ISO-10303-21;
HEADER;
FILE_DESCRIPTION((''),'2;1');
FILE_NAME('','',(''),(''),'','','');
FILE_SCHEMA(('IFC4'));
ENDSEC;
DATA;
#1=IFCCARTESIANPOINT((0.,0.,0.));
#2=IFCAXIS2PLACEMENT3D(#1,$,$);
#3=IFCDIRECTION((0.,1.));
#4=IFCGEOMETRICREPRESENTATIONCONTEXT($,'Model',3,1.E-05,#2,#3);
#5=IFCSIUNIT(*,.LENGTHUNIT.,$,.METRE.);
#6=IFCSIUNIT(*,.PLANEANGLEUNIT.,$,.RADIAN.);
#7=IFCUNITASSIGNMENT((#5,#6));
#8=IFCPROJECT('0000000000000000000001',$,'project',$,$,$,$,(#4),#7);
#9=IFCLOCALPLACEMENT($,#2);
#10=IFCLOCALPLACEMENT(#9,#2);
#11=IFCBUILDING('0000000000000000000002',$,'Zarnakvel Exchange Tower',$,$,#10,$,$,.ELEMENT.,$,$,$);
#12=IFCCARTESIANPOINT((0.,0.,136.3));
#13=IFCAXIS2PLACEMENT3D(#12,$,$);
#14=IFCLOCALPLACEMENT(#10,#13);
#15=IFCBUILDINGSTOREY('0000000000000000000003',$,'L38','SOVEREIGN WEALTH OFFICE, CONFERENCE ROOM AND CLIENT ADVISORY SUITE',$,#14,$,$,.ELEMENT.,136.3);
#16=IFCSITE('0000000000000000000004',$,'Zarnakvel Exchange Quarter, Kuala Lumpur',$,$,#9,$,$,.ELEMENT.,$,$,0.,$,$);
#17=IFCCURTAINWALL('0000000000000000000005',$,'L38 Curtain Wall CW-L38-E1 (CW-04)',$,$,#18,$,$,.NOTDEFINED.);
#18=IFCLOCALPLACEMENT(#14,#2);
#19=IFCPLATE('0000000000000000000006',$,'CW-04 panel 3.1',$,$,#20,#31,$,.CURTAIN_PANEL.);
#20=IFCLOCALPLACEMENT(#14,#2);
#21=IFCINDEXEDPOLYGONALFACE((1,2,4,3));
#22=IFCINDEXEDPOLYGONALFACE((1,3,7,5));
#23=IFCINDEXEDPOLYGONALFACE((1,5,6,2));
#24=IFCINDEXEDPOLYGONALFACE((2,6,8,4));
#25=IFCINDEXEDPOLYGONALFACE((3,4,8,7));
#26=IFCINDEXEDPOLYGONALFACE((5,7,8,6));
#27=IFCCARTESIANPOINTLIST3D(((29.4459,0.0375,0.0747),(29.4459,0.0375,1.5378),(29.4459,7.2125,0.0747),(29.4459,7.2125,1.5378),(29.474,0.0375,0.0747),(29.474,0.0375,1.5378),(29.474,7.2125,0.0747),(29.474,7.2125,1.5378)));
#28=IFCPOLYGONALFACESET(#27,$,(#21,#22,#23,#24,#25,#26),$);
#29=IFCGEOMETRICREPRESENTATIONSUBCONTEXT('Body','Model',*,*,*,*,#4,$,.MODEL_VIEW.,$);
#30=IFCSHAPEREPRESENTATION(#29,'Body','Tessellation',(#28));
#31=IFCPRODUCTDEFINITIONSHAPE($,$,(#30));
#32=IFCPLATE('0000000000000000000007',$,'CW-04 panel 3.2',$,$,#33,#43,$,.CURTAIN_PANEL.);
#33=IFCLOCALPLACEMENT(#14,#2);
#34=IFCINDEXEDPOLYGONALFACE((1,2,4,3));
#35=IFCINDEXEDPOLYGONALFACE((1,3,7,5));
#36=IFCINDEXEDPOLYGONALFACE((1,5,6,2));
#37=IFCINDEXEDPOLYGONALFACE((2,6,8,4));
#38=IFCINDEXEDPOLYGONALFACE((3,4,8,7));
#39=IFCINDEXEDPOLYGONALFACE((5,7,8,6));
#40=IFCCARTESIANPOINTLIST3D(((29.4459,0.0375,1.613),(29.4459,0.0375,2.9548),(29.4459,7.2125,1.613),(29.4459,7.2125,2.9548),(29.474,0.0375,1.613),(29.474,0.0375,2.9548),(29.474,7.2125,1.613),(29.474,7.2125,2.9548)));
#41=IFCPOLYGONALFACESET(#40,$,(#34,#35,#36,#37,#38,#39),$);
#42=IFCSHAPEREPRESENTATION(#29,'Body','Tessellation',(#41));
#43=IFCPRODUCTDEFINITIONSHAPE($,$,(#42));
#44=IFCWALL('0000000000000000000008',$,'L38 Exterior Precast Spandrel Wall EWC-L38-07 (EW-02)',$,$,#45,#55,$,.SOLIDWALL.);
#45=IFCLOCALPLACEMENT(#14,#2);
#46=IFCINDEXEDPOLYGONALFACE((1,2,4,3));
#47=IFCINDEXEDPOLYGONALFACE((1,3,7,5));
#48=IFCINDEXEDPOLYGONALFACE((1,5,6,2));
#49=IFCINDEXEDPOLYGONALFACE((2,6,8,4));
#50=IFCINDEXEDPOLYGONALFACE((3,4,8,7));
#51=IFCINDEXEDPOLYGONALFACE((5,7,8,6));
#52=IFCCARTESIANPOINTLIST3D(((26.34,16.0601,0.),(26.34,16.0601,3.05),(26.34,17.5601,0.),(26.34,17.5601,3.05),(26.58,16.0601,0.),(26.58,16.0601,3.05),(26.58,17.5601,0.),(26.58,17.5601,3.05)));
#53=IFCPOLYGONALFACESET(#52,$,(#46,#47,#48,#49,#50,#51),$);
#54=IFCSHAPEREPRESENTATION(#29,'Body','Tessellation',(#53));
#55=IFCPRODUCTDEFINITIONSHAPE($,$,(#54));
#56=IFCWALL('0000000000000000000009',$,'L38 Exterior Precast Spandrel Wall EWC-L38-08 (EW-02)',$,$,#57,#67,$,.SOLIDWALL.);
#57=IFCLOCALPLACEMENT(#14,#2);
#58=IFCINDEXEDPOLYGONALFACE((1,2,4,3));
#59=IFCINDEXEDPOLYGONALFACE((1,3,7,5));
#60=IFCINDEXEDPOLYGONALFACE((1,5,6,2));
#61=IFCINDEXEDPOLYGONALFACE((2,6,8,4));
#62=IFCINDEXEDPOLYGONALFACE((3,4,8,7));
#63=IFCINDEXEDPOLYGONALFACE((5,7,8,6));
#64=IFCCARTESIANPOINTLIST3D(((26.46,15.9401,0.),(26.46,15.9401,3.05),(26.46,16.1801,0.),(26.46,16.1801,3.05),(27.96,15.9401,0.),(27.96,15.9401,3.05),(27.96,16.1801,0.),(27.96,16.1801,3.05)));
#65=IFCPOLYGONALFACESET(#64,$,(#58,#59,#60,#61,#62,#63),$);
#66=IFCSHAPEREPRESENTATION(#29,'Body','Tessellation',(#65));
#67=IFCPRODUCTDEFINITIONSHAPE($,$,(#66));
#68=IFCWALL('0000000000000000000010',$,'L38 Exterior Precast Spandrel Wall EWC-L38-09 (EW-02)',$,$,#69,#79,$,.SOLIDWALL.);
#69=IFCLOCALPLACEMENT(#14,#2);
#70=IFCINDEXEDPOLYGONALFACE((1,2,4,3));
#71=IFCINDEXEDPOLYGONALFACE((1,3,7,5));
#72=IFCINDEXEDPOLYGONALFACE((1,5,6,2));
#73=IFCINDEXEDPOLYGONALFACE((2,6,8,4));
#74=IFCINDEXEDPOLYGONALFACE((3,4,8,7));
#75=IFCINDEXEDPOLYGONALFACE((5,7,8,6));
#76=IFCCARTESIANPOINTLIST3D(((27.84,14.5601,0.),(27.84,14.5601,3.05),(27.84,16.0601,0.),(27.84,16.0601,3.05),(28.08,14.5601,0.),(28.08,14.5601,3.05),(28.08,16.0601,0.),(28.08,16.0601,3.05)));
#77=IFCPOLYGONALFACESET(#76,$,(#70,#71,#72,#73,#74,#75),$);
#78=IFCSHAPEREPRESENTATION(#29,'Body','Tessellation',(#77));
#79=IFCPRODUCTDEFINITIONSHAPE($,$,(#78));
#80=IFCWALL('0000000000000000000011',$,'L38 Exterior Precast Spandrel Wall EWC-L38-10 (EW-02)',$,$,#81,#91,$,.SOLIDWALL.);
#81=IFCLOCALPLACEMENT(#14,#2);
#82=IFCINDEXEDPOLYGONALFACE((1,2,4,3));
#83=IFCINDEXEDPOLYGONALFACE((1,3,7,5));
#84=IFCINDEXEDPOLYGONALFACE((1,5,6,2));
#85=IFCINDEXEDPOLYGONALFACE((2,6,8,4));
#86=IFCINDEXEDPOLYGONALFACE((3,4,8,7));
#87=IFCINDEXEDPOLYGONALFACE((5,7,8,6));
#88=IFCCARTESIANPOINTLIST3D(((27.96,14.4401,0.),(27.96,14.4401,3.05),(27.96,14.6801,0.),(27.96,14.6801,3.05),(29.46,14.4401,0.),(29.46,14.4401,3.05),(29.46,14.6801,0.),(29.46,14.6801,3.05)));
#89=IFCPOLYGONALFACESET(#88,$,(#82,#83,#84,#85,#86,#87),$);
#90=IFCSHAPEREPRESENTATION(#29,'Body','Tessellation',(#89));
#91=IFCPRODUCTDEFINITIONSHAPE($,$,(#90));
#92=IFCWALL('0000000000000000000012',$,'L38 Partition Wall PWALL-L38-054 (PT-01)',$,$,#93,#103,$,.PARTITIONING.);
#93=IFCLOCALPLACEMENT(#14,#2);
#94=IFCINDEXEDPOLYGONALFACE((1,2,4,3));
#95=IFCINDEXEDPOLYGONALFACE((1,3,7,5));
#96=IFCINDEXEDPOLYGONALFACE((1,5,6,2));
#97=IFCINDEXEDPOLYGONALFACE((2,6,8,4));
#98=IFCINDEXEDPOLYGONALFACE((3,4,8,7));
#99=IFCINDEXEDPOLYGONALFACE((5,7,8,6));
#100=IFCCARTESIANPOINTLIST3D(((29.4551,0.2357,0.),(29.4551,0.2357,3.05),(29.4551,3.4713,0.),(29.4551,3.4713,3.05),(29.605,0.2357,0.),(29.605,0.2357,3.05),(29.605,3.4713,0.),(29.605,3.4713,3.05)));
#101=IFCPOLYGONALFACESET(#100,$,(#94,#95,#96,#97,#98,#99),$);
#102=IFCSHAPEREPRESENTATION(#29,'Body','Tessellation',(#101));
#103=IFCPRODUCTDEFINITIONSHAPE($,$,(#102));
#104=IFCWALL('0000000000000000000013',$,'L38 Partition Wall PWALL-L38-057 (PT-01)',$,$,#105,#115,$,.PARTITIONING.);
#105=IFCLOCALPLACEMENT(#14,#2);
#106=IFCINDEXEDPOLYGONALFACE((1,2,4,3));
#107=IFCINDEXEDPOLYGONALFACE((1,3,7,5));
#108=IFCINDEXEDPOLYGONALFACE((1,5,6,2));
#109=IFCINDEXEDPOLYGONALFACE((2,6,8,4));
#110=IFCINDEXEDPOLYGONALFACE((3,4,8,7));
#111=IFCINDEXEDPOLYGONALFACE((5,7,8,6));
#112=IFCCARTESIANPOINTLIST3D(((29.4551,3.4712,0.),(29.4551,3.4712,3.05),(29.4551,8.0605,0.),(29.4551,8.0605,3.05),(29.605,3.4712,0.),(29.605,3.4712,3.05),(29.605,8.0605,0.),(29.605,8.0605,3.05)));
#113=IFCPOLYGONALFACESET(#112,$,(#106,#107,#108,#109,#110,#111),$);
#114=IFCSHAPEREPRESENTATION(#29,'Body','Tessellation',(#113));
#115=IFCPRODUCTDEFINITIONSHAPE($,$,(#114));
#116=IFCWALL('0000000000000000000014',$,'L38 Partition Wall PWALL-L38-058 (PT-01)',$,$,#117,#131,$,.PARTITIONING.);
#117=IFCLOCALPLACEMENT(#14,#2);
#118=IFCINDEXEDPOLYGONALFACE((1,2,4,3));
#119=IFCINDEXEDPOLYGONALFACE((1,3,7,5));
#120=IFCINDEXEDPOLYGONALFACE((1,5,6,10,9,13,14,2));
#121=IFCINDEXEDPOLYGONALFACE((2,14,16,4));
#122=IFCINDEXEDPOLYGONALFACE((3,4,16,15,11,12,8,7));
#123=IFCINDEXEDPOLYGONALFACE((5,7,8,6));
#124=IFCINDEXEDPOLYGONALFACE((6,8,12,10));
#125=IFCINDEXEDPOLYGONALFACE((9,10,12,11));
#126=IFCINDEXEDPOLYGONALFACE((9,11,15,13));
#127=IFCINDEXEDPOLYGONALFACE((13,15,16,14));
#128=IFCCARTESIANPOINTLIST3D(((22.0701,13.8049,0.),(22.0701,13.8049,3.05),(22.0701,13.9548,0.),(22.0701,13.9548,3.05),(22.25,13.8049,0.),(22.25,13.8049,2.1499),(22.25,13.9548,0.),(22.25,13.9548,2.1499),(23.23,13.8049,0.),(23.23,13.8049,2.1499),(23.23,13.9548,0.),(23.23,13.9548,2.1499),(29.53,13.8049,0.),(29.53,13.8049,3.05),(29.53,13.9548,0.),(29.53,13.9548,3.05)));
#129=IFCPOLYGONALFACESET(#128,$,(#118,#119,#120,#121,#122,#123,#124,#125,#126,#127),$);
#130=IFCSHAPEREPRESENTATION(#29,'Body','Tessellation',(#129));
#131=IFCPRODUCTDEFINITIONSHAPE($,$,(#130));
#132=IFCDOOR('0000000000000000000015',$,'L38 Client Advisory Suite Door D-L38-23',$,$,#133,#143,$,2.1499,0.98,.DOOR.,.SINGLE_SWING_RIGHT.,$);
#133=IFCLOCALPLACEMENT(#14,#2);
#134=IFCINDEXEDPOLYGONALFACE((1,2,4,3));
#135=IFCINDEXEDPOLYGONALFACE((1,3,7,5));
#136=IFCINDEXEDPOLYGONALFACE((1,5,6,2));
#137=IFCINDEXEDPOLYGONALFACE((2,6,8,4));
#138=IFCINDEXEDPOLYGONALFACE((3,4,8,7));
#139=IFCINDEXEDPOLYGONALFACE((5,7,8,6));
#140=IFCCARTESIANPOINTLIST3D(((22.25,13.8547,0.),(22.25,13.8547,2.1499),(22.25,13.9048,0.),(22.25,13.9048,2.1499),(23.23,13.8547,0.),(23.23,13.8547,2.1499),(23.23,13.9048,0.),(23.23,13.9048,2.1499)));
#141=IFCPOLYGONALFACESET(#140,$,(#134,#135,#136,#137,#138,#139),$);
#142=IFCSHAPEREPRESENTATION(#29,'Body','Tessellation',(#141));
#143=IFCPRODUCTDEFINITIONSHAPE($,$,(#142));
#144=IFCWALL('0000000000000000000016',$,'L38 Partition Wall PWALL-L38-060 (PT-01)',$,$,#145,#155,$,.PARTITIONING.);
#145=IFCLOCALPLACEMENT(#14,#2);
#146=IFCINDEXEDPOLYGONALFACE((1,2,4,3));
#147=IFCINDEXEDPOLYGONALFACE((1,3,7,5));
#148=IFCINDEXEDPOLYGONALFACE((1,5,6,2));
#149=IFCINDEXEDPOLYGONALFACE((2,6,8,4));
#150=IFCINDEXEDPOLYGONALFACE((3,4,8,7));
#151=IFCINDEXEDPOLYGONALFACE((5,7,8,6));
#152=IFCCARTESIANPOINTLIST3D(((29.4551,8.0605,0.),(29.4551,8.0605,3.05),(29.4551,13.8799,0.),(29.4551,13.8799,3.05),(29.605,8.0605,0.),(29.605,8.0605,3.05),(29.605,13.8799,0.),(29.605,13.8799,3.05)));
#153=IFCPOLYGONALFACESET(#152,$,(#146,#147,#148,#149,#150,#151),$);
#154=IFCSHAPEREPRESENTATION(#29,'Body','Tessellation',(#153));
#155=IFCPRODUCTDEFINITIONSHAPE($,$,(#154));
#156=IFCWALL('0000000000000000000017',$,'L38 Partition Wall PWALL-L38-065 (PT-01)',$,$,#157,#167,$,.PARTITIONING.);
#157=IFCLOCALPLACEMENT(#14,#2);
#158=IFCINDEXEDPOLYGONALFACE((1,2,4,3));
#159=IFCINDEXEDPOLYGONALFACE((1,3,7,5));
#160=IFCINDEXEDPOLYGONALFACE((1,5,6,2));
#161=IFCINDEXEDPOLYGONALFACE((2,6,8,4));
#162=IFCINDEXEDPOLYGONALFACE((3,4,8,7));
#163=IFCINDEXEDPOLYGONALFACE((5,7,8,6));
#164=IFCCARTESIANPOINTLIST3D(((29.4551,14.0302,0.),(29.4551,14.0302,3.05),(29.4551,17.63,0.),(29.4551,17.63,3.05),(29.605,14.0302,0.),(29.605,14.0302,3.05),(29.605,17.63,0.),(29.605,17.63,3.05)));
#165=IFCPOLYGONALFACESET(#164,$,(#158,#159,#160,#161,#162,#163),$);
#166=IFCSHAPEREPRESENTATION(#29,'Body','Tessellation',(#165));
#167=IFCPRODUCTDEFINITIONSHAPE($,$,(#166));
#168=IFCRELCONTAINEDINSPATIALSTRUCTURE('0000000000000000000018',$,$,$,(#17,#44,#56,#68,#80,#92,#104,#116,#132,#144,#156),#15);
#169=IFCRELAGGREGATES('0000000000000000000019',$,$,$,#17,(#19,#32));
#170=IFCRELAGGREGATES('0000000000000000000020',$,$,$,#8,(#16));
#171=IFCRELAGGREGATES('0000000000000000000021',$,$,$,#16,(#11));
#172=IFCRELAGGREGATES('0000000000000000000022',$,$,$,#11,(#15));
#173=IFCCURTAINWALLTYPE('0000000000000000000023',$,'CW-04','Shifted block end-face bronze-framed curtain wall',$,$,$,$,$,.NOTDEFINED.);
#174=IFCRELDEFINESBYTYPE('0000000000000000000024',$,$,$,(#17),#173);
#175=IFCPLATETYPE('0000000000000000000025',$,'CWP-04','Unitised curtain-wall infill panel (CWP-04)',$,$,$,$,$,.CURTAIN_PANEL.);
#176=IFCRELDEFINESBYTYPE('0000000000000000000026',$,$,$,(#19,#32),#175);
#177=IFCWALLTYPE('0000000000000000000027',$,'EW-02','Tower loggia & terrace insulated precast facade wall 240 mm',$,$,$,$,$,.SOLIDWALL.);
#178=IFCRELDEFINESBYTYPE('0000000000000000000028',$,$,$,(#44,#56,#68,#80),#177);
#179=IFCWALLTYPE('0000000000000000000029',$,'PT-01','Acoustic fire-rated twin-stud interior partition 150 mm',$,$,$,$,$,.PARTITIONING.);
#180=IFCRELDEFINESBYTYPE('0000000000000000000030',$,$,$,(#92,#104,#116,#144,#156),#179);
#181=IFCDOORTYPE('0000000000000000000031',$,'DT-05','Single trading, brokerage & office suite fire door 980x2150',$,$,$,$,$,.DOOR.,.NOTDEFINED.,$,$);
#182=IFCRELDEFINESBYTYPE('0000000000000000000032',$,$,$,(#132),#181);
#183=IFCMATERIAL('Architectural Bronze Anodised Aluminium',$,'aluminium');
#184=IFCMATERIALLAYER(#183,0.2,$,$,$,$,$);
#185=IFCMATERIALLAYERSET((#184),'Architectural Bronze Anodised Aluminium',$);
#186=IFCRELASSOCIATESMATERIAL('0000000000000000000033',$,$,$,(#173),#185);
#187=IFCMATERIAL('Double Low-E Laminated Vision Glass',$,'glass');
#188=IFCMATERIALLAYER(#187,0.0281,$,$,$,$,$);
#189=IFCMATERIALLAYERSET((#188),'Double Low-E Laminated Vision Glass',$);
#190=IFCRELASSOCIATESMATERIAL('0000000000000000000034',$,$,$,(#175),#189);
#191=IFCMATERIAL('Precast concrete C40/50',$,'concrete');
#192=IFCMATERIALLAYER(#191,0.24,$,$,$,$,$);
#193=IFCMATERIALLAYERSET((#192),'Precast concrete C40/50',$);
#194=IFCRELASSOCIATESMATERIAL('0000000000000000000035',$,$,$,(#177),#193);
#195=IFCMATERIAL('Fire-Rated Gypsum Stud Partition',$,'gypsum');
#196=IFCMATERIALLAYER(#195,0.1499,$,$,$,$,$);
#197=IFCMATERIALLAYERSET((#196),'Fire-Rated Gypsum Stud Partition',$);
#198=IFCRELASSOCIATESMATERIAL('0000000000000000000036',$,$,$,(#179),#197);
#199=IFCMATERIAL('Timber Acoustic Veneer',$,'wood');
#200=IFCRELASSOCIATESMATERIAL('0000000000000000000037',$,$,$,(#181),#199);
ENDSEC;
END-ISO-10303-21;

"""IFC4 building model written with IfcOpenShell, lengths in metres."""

from ifc_helpers import new_model, si_unit, direction, frame, frame_2d, origin, origin_2d, place, context, subcontext, project, spatial, rectangle, extrude, source, transform, mapped, material, layer, layer_set, type_object, element, fill, aggregate, save


model = new_model("IFC4")

# Units and contexts
model_context = context("Model", 3, precision=1e-05, world=origin(), true_north=direction((0.0, 1.0)))
body_context = subcontext(model_context, "Body", "Model", "MODEL_VIEW")
ifc_project = project(units=[si_unit("LENGTHUNIT", "METRE"), si_unit("PLANEANGLEUNIT", "RADIAN")], contexts=[model_context])

# Site, building, storey
site_placement = place(None, origin())
site = spatial("IfcSite", under=ifc_project, at=site_placement, Name="Zarnakvel Exchange Quarter, Kuala Lumpur", CompositionType="ELEMENT", RefElevation=0.0)
building_placement = place(site_placement, origin())
building = spatial("IfcBuilding", under=site, at=building_placement, Name="Zarnakvel Exchange Tower", CompositionType="ELEMENT")
storey_placement = place(building_placement, frame((0.0, 0.0, 136.3)))
storey = spatial("IfcBuildingStorey", under=building, at=storey_placement, Name="L38", Description="SOVEREIGN WEALTH OFFICE, CONFERENCE ROOM AND CLIENT ADVISORY SUITE", CompositionType="ELEMENT", Elevation=136.3)

# Shared definitions
ifc_material_1 = material(Name="Architectural Bronze Anodised Aluminium", Category="aluminium")

# Curtain wall
ifc_layer_1 = layer(ifc_material_1, 0.2)
ifc_layer_set_1 = layer_set([ifc_layer_1], Name="Architectural Bronze Anodised Aluminium")
curtain_wall_type_1 = type_object("IfcCurtainWallType", Name="CW-04", Description="Shifted block end-face bronze-framed curtain wall", PredefinedType="NOTDEFINED", material=ifc_layer_set_1)
curtain_wall_1_placement = place(storey_placement, origin())
curtain_wall_1 = element("IfcCurtainWall", 1, at=curtain_wall_1_placement, inside=storey, type_object=curtain_wall_type_1, Name="L38 Curtain Wall CW-L38-E1 (CW-04)", PredefinedType="NOTDEFINED")

# Plates
ifc_material_2 = material(Name="Double Low-E Laminated Vision Glass", Category="glass")
ifc_layer_2 = layer(ifc_material_2, 0.0281)
ifc_layer_set_2 = layer_set([ifc_layer_2], Name="Double Low-E Laminated Vision Glass")
plate_type_1 = type_object("IfcPlateType", Name="CWP-04", Description="Unitised curtain-wall infill panel (CWP-04)", PredefinedType="CURTAIN_PANEL", material=ifc_layer_set_2)
shared_shape_1 = source(origin(), body_context, "Body", "SweptSolid", [
    extrude(rectangle(XDim=7.175, YDim=0.0281, at=origin_2d()), origin(), (0.0, 0.0, 1.0), 1.4631),
])
plate_1_placement = place(storey_placement, frame((29.46, 3.625, 0.0747), z_axis=(0.0, 0.0, 1.0), x_axis=(0.0, 1.0, 0.0)))
plate_1 = element("IfcPlate", 2, at=plate_1_placement, type_object=plate_type_1, Name="CW-04 panel 3.1", PredefinedType="CURTAIN_PANEL", context=body_context, shape_type="MappedRepresentation", body=[
    mapped(shared_shape_1, transform((0.0, 0.0, 0.0), x_axis=(1.0, 0.0, 0.0), y_axis=(0.0, 1.0, 0.0), z_axis=(0.0, 0.0, 1.0), scale=1.0)),
])
shared_shape_2 = source(origin(), body_context, "Body", "SweptSolid", [
    extrude(rectangle(XDim=7.175, YDim=0.0281, at=origin_2d()), origin(), (0.0, 0.0, 1.0), 1.3418),
])
plate_2_placement = place(storey_placement, frame((29.46, 3.625, 1.613), z_axis=(0.0, 0.0, 1.0), x_axis=(0.0, 1.0, 0.0)))
plate_2 = element("IfcPlate", 3, at=plate_2_placement, type_object=plate_type_1, Name="CW-04 panel 3.2", PredefinedType="CURTAIN_PANEL", context=body_context, shape_type="MappedRepresentation", body=[
    mapped(shared_shape_2, transform((0.0, 0.0, 0.0), x_axis=(1.0, 0.0, 0.0), y_axis=(0.0, 1.0, 0.0), z_axis=(0.0, 0.0, 1.0), scale=1.0)),
])
aggregate(curtain_wall_1, [plate_1, plate_2])

# Walls
ifc_material_3 = material(Name="Precast concrete C40/50", Category="concrete")
ifc_layer_3 = layer(ifc_material_3, 0.24)
ifc_layer_set_3 = layer_set([ifc_layer_3], Name="Precast concrete C40/50")
wall_type_1 = type_object("IfcWallType", Name="EW-02", Description="Tower loggia & terrace insulated precast facade wall 240 mm", PredefinedType="SOLIDWALL", material=ifc_layer_set_3)
for number, where, z_axis, x_axis, name in (
    (4, (26.46, 16.0601, 0.0), (0.0, 0.0, 1.0), (0.0, 1.0, 0.0), "L38 Exterior Precast Spandrel Wall EWC-L38-07 (EW-02)"),
    (5, (27.96, 16.0601, 0.0), (0.0, 0.0, 1.0), (-1.0, 0.0, 0.0), "L38 Exterior Precast Spandrel Wall EWC-L38-08 (EW-02)"),
    (6, (27.96, 14.5601, 0.0), (0.0, 0.0, 1.0), (0.0, 1.0, 0.0), "L38 Exterior Precast Spandrel Wall EWC-L38-09 (EW-02)"),
    (7, (29.46, 14.5601, 0.0), (0.0, 0.0, 1.0), (-1.0, 0.0, 0.0), "L38 Exterior Precast Spandrel Wall EWC-L38-10 (EW-02)"),
):
    element("IfcWall", number, at=place(storey_placement, frame(where, z_axis=z_axis, x_axis=x_axis)), inside=storey, type_object=wall_type_1, Name=name, PredefinedType="SOLIDWALL", context=body_context, shape_type="SweptSolid", body=[
        extrude(rectangle(XDim=1.5, YDim=0.24, at=frame_2d((0.75, 0.0))), origin(), (0.0, 0.0, 1.0), 3.05),
    ])
ifc_material_4 = material(Name="Fire-Rated Gypsum Stud Partition", Category="gypsum")
ifc_layer_4 = layer(ifc_material_4, 0.1499)
ifc_layer_set_4 = layer_set([ifc_layer_4], Name="Fire-Rated Gypsum Stud Partition")
wall_type_2 = type_object("IfcWallType", Name="PT-01", Description="Acoustic fire-rated twin-stud interior partition 150 mm", PredefinedType="PARTITIONING", material=ifc_layer_set_4)
wall_1_placement = place(storey_placement, frame((29.53, 3.4712, 0.0), z_axis=(0.0, 0.0, 1.0), x_axis=(0.0, -1.0, 0.0)))
element("IfcWall", 8, at=wall_1_placement, inside=storey, type_object=wall_type_2, Name="L38 Partition Wall PWALL-L38-054 (PT-01)", PredefinedType="PARTITIONING", context=body_context, shape_type="SweptSolid", body=[
    extrude(rectangle(XDim=3.2356, YDim=0.1499, at=frame_2d((1.6177, 0.0))), origin(), (0.0, 0.0, 1.0), 3.05),
])
wall_2_placement = place(storey_placement, frame((29.53, 8.0605, 0.0), z_axis=(0.0, 0.0, 1.0), x_axis=(0.0, -1.0, 0.0)))
element("IfcWall", 9, at=wall_2_placement, inside=storey, type_object=wall_type_2, Name="L38 Partition Wall PWALL-L38-057 (PT-01)", PredefinedType="PARTITIONING", context=body_context, shape_type="SweptSolid", body=[
    extrude(rectangle(XDim=4.5894, YDim=0.1499, at=frame_2d((2.2947, 0.0))), origin(), (0.0, 0.0, 1.0), 3.05),
])

# Wall, opening, door
wall_3_placement = place(storey_placement, frame((22.0701, 13.8799, 0.0), z_axis=(0.0, 0.0, 1.0), x_axis=(1.0, 0.0, 0.0)))
wall_3 = element("IfcWall", 10, at=wall_3_placement, inside=storey, type_object=wall_type_2, Name="L38 Partition Wall PWALL-L38-058 (PT-01)", PredefinedType="PARTITIONING", context=body_context, shape_type="SweptSolid", body=[
    extrude(rectangle(XDim=7.46, YDim=0.1499, at=frame_2d((3.73, 0.0))), origin(), (0.0, 0.0, 1.0), 3.05),
])
opening_placement = place(wall_3_placement, frame((0.1799, 0.0, 0.0)))
opening = element("IfcOpeningElement", 11, at=opening_placement, cuts=wall_3, PredefinedType="OPENING", context=body_context, shape_type="SweptSolid", body=[
    extrude(rectangle(XDim=0.98, YDim=2.1499, at=frame_2d((0.49, 1.075))), frame((0.0, 0.085, 0.0), z_axis=(0.0, -1.0, 0.0), x_axis=(1.0, 0.0, 0.0)), (0.0, 0.0, 1.0), 0.1699),
])
ifc_material_5 = material(Name="Timber Acoustic Veneer", Category="wood")
door_type = type_object("IfcDoorType", Name="DT-05", Description="Single trading, brokerage & office suite fire door 980x2150", OperationType="NOTDEFINED", PredefinedType="DOOR", material=ifc_material_5)
shared_shape_3 = source(origin(), body_context, "Body", "SweptSolid", [
    extrude(rectangle(XDim=0.98, YDim=2.1499, at=frame_2d((0.49, 1.075))), frame((0.0, 0.0249, 0.0), z_axis=(0.0, -1.0, 0.0), x_axis=(1.0, 0.0, 0.0)), (0.0, 0.0, 1.0), 0.05),
])
door_placement = place(opening_placement, origin())
door = element("IfcDoor", 12, at=door_placement, inside=storey, type_object=door_type, Name="L38 Client Advisory Suite Door D-L38-23", OperationType="SINGLE_SWING_RIGHT", OverallHeight=2.1499, OverallWidth=0.98, PredefinedType="DOOR", context=body_context, shape_type="MappedRepresentation", body=[
    mapped(shared_shape_3, transform((0.0, 0.0, 0.0), x_axis=(1.0, 0.0, 0.0), y_axis=(0.0, 1.0, 0.0), z_axis=(0.0, 0.0, 1.0), scale=1.0)),
])
fill(opening, door)

# Walls
wall_4_placement = place(storey_placement, frame((29.53, 13.8799, 0.0), z_axis=(0.0, 0.0, 1.0), x_axis=(0.0, -1.0, 0.0)))
element("IfcWall", 13, at=wall_4_placement, inside=storey, type_object=wall_type_2, Name="L38 Partition Wall PWALL-L38-060 (PT-01)", PredefinedType="PARTITIONING", context=body_context, shape_type="SweptSolid", body=[
    extrude(rectangle(XDim=5.8193, YDim=0.1499, at=frame_2d((2.9097, 0.0))), origin(), (0.0, 0.0, 1.0), 3.05),
])
wall_5_placement = place(storey_placement, frame((29.53, 17.6299, 0.0), z_axis=(0.0, 0.0, 1.0), x_axis=(0.0, -1.0, 0.0)))
element("IfcWall", 14, at=wall_5_placement, inside=storey, type_object=wall_type_2, Name="L38 Partition Wall PWALL-L38-065 (PT-01)", PredefinedType="PARTITIONING", context=body_context, shape_type="SweptSolid", body=[
    extrude(rectangle(XDim=3.5999, YDim=0.1499, at=frame_2d((1.7998, 0.0))), origin(), (0.0, 0.0, 1.0), 3.05),
])

save(model, "model.ifc")
